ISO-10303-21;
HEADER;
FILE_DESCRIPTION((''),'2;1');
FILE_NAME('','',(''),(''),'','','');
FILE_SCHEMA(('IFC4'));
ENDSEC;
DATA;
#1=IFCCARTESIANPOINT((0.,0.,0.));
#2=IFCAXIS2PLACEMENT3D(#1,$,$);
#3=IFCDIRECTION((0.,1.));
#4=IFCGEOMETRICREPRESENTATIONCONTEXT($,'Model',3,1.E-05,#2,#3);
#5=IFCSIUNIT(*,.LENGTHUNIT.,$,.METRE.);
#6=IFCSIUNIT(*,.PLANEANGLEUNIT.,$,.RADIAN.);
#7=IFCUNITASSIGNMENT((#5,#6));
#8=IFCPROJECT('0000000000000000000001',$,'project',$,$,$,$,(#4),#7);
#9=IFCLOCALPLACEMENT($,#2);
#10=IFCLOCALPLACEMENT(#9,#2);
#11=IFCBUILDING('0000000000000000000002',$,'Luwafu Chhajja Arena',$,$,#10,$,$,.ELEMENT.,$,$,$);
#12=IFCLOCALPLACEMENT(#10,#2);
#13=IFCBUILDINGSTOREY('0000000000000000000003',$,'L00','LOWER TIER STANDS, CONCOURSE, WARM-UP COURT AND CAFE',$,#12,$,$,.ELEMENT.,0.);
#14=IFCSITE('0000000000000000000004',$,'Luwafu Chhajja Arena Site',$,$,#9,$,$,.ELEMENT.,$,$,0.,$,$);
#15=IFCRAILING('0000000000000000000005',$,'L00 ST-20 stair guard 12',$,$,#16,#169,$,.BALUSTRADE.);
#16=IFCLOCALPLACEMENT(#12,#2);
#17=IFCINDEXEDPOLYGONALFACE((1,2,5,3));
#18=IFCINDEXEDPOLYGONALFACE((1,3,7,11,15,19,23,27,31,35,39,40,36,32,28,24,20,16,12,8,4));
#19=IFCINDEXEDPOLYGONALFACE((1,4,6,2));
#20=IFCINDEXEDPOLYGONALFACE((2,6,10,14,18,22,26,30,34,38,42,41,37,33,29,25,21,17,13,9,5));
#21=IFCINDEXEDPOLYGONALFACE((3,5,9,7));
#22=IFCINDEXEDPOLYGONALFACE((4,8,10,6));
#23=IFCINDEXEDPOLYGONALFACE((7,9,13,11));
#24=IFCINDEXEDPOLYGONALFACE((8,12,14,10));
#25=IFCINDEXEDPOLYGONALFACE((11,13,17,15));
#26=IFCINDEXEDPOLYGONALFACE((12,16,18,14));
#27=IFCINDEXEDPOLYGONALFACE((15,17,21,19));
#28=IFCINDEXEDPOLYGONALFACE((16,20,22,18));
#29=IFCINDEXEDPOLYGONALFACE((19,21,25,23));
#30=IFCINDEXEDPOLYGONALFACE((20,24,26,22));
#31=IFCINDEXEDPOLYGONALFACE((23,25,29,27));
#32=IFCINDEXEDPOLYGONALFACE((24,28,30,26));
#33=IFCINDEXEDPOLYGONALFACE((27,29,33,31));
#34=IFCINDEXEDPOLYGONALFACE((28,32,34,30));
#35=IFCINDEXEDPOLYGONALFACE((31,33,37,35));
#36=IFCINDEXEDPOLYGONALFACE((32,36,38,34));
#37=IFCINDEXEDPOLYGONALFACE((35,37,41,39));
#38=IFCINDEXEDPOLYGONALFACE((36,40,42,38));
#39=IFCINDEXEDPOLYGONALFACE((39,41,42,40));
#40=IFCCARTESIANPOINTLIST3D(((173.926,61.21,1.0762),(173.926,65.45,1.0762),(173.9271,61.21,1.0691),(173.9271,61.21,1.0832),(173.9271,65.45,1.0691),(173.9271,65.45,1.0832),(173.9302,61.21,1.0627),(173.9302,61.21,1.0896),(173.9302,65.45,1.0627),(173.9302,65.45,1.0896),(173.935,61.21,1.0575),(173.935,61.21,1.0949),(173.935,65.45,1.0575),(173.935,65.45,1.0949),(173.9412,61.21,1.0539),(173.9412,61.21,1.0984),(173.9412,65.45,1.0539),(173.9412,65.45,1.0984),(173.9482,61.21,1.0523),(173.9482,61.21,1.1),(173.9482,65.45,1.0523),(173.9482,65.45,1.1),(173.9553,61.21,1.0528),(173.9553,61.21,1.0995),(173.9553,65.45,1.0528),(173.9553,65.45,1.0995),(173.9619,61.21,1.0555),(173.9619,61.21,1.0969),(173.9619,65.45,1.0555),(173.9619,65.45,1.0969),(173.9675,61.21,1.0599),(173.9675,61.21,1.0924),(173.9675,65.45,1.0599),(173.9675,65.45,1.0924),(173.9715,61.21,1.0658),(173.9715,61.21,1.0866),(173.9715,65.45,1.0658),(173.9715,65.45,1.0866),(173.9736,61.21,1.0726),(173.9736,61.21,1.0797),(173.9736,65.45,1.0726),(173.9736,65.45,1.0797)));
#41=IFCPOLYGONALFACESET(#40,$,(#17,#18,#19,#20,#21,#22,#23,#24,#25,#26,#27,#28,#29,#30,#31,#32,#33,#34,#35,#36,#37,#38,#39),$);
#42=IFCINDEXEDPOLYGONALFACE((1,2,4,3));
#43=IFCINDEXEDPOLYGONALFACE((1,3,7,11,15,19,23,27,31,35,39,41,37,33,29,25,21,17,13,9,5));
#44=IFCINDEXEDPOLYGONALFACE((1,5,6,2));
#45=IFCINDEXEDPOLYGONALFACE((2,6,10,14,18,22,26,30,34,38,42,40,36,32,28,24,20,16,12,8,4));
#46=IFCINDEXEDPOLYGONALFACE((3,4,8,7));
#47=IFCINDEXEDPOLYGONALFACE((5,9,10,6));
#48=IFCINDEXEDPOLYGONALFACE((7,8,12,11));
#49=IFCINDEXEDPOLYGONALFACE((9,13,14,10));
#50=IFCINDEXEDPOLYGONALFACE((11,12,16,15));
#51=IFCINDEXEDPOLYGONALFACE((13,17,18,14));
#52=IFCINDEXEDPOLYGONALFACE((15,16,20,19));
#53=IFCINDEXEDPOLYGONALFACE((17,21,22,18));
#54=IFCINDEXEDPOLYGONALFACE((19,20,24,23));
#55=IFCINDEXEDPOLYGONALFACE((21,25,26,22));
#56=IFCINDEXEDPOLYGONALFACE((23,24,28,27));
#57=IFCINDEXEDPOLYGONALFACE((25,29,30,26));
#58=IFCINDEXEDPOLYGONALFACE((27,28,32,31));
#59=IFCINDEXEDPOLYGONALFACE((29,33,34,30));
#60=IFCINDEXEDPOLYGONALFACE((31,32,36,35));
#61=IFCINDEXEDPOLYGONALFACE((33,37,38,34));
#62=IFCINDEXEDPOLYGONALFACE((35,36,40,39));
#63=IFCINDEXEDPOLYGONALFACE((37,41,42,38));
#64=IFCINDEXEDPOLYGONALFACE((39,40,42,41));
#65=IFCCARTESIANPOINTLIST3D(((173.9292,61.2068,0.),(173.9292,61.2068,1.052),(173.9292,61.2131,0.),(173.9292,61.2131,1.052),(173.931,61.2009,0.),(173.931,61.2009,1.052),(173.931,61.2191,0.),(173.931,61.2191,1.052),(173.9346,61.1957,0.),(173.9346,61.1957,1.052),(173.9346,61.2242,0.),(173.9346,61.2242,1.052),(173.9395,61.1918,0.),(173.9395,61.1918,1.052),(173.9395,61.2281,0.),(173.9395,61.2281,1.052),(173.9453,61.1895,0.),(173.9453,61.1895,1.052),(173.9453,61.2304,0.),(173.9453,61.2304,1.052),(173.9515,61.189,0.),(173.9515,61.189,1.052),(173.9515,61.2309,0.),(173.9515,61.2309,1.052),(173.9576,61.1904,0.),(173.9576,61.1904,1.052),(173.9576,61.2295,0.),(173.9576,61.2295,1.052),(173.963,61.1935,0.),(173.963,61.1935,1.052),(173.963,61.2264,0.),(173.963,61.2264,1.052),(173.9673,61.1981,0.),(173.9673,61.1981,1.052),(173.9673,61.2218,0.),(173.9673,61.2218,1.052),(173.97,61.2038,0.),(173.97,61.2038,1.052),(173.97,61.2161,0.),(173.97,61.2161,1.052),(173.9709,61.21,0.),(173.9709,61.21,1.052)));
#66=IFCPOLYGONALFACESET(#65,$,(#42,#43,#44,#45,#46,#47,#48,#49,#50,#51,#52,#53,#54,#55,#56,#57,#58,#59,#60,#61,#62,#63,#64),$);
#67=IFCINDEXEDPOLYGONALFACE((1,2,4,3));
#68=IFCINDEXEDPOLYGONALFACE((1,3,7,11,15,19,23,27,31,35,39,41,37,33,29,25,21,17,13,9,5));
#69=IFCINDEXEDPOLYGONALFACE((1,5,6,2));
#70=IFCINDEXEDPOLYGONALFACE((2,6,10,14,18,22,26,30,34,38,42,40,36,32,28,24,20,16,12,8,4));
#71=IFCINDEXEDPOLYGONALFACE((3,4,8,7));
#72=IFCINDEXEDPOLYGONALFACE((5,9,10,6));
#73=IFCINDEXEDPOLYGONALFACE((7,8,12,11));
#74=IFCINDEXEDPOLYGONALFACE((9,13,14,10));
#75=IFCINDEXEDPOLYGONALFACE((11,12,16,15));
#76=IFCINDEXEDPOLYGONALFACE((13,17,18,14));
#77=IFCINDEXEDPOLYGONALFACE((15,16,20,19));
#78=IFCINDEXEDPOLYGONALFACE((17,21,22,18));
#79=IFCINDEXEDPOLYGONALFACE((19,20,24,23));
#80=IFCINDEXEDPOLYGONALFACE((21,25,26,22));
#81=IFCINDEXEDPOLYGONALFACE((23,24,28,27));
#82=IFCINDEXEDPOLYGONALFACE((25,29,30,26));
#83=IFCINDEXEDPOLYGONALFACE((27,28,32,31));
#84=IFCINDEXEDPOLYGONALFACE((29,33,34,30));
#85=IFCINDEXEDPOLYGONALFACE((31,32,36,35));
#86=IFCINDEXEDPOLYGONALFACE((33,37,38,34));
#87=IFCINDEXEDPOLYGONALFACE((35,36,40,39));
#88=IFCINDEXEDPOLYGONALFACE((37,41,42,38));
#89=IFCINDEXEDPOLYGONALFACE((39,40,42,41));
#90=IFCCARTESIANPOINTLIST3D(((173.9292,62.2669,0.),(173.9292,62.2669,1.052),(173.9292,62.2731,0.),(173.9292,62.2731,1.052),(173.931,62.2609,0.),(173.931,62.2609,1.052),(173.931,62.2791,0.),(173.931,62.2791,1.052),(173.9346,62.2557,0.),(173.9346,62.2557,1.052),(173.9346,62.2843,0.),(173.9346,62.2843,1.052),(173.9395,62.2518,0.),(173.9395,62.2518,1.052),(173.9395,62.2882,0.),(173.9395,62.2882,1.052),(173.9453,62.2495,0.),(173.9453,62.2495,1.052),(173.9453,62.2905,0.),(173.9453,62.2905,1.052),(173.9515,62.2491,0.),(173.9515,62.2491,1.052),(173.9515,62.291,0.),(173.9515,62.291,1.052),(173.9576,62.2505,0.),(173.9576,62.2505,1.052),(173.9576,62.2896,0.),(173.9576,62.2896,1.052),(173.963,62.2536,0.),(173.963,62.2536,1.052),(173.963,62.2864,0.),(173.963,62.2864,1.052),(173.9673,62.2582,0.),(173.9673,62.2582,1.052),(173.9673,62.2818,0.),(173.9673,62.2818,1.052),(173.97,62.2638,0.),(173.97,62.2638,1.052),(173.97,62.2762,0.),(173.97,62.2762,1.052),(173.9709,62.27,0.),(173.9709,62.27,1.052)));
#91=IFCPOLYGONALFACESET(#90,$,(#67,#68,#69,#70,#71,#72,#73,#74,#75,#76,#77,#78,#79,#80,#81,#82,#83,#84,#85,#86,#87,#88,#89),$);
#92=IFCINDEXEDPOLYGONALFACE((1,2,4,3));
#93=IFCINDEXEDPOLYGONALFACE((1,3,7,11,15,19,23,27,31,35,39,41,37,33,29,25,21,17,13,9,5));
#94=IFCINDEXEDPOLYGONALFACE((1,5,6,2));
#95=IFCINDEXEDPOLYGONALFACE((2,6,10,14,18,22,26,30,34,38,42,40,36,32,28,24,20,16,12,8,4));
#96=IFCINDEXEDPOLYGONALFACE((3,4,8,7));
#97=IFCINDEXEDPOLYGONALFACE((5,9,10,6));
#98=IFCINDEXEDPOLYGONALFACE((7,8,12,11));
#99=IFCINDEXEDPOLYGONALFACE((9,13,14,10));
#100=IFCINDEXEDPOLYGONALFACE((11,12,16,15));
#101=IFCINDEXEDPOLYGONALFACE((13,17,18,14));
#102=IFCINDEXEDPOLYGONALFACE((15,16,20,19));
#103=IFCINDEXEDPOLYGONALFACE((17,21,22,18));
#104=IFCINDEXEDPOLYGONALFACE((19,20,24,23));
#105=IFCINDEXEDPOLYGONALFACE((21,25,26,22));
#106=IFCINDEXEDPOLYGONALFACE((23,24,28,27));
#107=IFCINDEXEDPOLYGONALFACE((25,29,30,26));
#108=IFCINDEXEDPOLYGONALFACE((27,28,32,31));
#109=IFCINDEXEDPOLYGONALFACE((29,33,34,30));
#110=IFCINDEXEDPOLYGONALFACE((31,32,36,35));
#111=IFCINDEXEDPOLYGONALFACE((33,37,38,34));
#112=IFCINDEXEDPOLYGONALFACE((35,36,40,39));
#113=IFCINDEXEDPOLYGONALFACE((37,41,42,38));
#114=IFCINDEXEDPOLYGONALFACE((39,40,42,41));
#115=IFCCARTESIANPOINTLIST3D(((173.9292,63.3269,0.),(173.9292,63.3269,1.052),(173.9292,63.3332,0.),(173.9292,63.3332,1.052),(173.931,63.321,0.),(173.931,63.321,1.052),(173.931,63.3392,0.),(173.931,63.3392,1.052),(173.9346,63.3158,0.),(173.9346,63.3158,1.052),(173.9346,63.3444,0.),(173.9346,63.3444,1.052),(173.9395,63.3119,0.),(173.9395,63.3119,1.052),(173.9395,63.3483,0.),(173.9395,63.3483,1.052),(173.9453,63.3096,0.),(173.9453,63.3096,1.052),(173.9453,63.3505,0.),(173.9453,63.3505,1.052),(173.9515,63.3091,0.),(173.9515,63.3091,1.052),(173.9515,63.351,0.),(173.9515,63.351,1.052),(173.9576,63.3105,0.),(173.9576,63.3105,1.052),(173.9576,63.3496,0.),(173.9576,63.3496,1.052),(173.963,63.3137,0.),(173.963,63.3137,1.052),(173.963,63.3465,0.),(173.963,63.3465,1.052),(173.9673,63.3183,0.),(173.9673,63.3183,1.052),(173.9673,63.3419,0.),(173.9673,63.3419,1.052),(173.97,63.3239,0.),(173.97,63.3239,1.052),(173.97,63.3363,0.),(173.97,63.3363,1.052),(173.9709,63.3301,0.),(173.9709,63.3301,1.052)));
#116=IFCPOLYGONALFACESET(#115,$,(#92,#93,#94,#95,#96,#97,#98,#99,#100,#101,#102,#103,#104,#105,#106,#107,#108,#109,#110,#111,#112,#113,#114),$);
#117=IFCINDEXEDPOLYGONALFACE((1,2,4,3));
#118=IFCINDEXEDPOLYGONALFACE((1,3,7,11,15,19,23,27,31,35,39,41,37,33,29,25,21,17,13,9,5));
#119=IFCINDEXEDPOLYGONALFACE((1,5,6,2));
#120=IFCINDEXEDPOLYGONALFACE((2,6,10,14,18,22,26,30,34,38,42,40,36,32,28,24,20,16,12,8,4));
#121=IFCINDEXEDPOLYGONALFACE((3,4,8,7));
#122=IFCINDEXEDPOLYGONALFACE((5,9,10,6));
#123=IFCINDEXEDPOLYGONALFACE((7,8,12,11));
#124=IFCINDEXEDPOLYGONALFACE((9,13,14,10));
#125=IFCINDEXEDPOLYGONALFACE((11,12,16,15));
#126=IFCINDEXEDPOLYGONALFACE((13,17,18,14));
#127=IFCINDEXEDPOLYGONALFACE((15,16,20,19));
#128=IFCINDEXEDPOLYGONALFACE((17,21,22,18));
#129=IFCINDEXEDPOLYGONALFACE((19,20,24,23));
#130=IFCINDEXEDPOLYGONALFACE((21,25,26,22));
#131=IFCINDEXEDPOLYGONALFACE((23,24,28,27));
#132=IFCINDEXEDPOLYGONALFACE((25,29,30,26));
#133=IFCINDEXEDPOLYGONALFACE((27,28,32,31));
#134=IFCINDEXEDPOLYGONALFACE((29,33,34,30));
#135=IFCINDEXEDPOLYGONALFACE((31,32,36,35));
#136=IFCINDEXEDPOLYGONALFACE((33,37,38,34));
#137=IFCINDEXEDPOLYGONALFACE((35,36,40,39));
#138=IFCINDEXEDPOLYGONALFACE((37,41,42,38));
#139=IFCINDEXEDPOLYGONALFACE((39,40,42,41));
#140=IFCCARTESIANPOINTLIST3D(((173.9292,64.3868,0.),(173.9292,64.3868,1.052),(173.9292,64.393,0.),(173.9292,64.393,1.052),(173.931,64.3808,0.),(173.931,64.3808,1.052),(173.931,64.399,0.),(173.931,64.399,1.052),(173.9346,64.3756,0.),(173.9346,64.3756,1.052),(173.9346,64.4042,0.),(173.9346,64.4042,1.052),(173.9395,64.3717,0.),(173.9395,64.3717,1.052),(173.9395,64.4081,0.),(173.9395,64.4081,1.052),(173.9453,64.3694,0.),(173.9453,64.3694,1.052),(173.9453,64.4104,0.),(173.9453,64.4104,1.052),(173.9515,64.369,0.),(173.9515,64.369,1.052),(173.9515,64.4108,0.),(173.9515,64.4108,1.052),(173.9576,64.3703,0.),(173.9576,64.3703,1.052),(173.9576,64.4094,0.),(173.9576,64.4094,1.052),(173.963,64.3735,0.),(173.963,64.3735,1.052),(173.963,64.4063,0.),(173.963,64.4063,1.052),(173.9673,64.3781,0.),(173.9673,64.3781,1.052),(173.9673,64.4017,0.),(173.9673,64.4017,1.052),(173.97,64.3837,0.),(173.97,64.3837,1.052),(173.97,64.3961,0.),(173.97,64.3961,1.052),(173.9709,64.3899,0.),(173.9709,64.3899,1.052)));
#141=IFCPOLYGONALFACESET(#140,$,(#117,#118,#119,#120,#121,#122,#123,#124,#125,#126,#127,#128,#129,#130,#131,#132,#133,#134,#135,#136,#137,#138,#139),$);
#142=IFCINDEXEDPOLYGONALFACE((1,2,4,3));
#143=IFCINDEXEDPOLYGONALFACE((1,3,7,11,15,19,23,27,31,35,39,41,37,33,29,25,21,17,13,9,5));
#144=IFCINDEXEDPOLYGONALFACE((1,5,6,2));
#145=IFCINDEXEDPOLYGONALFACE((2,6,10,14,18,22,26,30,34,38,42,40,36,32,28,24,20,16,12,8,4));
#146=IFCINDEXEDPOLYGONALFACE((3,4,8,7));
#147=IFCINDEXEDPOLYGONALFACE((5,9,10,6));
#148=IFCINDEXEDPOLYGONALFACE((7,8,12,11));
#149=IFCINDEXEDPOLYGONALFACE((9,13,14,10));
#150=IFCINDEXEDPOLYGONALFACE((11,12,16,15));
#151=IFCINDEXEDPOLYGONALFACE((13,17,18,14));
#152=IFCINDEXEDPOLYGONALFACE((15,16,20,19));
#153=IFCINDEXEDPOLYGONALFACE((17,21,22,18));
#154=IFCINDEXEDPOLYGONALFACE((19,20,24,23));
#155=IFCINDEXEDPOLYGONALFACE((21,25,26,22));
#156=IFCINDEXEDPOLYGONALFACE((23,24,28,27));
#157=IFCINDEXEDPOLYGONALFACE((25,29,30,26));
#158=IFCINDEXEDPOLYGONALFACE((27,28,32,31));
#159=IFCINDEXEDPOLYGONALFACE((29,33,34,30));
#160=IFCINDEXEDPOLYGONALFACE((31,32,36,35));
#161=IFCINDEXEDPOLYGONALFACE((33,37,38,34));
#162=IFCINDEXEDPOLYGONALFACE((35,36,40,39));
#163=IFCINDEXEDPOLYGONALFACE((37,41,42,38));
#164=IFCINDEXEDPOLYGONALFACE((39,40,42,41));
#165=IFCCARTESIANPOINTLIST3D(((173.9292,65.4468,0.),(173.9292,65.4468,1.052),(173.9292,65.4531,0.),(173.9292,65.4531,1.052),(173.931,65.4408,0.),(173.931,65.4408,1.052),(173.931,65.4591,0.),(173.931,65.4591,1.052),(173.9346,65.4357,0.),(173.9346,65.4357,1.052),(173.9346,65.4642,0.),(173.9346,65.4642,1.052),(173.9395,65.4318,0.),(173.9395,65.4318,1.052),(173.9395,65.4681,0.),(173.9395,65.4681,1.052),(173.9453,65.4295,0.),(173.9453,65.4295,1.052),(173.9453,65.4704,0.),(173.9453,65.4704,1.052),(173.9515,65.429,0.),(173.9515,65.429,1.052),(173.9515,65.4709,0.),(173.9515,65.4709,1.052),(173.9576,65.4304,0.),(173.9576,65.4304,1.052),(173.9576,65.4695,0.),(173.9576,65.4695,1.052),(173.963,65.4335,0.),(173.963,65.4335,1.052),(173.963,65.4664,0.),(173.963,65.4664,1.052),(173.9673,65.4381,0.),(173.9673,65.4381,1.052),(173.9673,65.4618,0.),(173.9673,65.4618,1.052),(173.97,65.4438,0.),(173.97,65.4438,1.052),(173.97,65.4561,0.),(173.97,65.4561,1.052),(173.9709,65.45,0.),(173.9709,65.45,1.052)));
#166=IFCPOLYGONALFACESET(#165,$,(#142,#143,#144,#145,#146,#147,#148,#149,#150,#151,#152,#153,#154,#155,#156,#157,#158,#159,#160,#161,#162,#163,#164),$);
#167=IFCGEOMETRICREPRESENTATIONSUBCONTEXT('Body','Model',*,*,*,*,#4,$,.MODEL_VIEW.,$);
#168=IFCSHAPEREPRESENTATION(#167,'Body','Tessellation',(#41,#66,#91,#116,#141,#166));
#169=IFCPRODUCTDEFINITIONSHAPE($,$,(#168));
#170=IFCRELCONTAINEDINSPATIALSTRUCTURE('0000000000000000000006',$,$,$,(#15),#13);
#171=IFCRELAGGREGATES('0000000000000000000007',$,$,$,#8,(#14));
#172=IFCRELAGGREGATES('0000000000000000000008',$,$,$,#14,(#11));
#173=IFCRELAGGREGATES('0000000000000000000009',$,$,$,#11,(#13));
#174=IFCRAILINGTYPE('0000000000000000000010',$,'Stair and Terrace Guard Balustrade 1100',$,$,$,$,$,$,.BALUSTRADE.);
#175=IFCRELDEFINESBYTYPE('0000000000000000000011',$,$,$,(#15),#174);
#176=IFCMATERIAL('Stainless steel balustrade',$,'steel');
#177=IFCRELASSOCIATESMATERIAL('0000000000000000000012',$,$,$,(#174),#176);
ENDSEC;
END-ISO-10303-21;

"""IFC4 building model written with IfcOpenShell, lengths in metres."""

from ifc_helpers import new_model, si_unit, direction, frame, origin, origin_2d, place, context, subcontext, project, spatial, circle, extrude, material, type_object, element, save


model = new_model("IFC4")

# Units and contexts
model_context = context("Model", 3, precision=1e-05, world=origin(), true_north=direction((0.0, 1.0)))
body_context = subcontext(model_context, "Body", "Model", "MODEL_VIEW")
ifc_project = project(units=[si_unit("LENGTHUNIT", "METRE"), si_unit("PLANEANGLEUNIT", "RADIAN")], contexts=[model_context])

# Site, building, storey
site_placement = place(None, origin())
site = spatial("IfcSite", under=ifc_project, at=site_placement, Name="Luwafu Chhajja Arena Site", CompositionType="ELEMENT", RefElevation=0.0)
building_placement = place(site_placement, origin())
building = spatial("IfcBuilding", under=site, at=building_placement, Name="Luwafu Chhajja Arena", CompositionType="ELEMENT")
storey_placement = place(building_placement, origin())
storey = spatial("IfcBuildingStorey", under=building, at=storey_placement, Name="L00", Description="LOWER TIER STANDS, CONCOURSE, WARM-UP COURT AND CAFE", CompositionType="ELEMENT", Elevation=0.0)

# Railing
ifc_material_1 = material(Name="Stainless steel balustrade", Category="steel")
railing_type_1 = type_object("IfcRailingType", Name="Stair and Terrace Guard Balustrade 1100", PredefinedType="BALUSTRADE", material=ifc_material_1)
railing_1_placement = place(storey_placement, frame((173.95, 61.21, 0.0)))
element("IfcRailing", 1, at=railing_1_placement, inside=storey, type_object=railing_type_1, Name="L00 ST-20 stair guard 12", PredefinedType="BALUSTRADE", context=body_context, shape_type="SweptSolid", body=[
    extrude(circle(Radius=0.0239, at=origin_2d()), frame((0.0, 0.0, 1.0762), z_axis=(0.0, 1.0, 0.0), x_axis=(-1.0, 0.0, 0.0)), (0.0, 0.0, 1.0), 4.24),
    extrude(circle(Radius=0.021, at=origin_2d()), origin(), (0.0, 0.0, 1.0), 1.052),
    extrude(circle(Radius=0.021, at=origin_2d()), frame((0.0, 1.0601, 0.0)), (0.0, 0.0, 1.0), 1.052),
    extrude(circle(Radius=0.021, at=origin_2d()), frame((0.0, 2.1201, 0.0)), (0.0, 0.0, 1.0), 1.052),
    extrude(circle(Radius=0.021, at=origin_2d()), frame((0.0, 3.1799, 0.0)), (0.0, 0.0, 1.0), 1.052),
    extrude(circle(Radius=0.021, at=origin_2d()), frame((0.0, 4.24, 0.0)), (0.0, 0.0, 1.0), 1.052),
])

save(model, "model.ifc")
